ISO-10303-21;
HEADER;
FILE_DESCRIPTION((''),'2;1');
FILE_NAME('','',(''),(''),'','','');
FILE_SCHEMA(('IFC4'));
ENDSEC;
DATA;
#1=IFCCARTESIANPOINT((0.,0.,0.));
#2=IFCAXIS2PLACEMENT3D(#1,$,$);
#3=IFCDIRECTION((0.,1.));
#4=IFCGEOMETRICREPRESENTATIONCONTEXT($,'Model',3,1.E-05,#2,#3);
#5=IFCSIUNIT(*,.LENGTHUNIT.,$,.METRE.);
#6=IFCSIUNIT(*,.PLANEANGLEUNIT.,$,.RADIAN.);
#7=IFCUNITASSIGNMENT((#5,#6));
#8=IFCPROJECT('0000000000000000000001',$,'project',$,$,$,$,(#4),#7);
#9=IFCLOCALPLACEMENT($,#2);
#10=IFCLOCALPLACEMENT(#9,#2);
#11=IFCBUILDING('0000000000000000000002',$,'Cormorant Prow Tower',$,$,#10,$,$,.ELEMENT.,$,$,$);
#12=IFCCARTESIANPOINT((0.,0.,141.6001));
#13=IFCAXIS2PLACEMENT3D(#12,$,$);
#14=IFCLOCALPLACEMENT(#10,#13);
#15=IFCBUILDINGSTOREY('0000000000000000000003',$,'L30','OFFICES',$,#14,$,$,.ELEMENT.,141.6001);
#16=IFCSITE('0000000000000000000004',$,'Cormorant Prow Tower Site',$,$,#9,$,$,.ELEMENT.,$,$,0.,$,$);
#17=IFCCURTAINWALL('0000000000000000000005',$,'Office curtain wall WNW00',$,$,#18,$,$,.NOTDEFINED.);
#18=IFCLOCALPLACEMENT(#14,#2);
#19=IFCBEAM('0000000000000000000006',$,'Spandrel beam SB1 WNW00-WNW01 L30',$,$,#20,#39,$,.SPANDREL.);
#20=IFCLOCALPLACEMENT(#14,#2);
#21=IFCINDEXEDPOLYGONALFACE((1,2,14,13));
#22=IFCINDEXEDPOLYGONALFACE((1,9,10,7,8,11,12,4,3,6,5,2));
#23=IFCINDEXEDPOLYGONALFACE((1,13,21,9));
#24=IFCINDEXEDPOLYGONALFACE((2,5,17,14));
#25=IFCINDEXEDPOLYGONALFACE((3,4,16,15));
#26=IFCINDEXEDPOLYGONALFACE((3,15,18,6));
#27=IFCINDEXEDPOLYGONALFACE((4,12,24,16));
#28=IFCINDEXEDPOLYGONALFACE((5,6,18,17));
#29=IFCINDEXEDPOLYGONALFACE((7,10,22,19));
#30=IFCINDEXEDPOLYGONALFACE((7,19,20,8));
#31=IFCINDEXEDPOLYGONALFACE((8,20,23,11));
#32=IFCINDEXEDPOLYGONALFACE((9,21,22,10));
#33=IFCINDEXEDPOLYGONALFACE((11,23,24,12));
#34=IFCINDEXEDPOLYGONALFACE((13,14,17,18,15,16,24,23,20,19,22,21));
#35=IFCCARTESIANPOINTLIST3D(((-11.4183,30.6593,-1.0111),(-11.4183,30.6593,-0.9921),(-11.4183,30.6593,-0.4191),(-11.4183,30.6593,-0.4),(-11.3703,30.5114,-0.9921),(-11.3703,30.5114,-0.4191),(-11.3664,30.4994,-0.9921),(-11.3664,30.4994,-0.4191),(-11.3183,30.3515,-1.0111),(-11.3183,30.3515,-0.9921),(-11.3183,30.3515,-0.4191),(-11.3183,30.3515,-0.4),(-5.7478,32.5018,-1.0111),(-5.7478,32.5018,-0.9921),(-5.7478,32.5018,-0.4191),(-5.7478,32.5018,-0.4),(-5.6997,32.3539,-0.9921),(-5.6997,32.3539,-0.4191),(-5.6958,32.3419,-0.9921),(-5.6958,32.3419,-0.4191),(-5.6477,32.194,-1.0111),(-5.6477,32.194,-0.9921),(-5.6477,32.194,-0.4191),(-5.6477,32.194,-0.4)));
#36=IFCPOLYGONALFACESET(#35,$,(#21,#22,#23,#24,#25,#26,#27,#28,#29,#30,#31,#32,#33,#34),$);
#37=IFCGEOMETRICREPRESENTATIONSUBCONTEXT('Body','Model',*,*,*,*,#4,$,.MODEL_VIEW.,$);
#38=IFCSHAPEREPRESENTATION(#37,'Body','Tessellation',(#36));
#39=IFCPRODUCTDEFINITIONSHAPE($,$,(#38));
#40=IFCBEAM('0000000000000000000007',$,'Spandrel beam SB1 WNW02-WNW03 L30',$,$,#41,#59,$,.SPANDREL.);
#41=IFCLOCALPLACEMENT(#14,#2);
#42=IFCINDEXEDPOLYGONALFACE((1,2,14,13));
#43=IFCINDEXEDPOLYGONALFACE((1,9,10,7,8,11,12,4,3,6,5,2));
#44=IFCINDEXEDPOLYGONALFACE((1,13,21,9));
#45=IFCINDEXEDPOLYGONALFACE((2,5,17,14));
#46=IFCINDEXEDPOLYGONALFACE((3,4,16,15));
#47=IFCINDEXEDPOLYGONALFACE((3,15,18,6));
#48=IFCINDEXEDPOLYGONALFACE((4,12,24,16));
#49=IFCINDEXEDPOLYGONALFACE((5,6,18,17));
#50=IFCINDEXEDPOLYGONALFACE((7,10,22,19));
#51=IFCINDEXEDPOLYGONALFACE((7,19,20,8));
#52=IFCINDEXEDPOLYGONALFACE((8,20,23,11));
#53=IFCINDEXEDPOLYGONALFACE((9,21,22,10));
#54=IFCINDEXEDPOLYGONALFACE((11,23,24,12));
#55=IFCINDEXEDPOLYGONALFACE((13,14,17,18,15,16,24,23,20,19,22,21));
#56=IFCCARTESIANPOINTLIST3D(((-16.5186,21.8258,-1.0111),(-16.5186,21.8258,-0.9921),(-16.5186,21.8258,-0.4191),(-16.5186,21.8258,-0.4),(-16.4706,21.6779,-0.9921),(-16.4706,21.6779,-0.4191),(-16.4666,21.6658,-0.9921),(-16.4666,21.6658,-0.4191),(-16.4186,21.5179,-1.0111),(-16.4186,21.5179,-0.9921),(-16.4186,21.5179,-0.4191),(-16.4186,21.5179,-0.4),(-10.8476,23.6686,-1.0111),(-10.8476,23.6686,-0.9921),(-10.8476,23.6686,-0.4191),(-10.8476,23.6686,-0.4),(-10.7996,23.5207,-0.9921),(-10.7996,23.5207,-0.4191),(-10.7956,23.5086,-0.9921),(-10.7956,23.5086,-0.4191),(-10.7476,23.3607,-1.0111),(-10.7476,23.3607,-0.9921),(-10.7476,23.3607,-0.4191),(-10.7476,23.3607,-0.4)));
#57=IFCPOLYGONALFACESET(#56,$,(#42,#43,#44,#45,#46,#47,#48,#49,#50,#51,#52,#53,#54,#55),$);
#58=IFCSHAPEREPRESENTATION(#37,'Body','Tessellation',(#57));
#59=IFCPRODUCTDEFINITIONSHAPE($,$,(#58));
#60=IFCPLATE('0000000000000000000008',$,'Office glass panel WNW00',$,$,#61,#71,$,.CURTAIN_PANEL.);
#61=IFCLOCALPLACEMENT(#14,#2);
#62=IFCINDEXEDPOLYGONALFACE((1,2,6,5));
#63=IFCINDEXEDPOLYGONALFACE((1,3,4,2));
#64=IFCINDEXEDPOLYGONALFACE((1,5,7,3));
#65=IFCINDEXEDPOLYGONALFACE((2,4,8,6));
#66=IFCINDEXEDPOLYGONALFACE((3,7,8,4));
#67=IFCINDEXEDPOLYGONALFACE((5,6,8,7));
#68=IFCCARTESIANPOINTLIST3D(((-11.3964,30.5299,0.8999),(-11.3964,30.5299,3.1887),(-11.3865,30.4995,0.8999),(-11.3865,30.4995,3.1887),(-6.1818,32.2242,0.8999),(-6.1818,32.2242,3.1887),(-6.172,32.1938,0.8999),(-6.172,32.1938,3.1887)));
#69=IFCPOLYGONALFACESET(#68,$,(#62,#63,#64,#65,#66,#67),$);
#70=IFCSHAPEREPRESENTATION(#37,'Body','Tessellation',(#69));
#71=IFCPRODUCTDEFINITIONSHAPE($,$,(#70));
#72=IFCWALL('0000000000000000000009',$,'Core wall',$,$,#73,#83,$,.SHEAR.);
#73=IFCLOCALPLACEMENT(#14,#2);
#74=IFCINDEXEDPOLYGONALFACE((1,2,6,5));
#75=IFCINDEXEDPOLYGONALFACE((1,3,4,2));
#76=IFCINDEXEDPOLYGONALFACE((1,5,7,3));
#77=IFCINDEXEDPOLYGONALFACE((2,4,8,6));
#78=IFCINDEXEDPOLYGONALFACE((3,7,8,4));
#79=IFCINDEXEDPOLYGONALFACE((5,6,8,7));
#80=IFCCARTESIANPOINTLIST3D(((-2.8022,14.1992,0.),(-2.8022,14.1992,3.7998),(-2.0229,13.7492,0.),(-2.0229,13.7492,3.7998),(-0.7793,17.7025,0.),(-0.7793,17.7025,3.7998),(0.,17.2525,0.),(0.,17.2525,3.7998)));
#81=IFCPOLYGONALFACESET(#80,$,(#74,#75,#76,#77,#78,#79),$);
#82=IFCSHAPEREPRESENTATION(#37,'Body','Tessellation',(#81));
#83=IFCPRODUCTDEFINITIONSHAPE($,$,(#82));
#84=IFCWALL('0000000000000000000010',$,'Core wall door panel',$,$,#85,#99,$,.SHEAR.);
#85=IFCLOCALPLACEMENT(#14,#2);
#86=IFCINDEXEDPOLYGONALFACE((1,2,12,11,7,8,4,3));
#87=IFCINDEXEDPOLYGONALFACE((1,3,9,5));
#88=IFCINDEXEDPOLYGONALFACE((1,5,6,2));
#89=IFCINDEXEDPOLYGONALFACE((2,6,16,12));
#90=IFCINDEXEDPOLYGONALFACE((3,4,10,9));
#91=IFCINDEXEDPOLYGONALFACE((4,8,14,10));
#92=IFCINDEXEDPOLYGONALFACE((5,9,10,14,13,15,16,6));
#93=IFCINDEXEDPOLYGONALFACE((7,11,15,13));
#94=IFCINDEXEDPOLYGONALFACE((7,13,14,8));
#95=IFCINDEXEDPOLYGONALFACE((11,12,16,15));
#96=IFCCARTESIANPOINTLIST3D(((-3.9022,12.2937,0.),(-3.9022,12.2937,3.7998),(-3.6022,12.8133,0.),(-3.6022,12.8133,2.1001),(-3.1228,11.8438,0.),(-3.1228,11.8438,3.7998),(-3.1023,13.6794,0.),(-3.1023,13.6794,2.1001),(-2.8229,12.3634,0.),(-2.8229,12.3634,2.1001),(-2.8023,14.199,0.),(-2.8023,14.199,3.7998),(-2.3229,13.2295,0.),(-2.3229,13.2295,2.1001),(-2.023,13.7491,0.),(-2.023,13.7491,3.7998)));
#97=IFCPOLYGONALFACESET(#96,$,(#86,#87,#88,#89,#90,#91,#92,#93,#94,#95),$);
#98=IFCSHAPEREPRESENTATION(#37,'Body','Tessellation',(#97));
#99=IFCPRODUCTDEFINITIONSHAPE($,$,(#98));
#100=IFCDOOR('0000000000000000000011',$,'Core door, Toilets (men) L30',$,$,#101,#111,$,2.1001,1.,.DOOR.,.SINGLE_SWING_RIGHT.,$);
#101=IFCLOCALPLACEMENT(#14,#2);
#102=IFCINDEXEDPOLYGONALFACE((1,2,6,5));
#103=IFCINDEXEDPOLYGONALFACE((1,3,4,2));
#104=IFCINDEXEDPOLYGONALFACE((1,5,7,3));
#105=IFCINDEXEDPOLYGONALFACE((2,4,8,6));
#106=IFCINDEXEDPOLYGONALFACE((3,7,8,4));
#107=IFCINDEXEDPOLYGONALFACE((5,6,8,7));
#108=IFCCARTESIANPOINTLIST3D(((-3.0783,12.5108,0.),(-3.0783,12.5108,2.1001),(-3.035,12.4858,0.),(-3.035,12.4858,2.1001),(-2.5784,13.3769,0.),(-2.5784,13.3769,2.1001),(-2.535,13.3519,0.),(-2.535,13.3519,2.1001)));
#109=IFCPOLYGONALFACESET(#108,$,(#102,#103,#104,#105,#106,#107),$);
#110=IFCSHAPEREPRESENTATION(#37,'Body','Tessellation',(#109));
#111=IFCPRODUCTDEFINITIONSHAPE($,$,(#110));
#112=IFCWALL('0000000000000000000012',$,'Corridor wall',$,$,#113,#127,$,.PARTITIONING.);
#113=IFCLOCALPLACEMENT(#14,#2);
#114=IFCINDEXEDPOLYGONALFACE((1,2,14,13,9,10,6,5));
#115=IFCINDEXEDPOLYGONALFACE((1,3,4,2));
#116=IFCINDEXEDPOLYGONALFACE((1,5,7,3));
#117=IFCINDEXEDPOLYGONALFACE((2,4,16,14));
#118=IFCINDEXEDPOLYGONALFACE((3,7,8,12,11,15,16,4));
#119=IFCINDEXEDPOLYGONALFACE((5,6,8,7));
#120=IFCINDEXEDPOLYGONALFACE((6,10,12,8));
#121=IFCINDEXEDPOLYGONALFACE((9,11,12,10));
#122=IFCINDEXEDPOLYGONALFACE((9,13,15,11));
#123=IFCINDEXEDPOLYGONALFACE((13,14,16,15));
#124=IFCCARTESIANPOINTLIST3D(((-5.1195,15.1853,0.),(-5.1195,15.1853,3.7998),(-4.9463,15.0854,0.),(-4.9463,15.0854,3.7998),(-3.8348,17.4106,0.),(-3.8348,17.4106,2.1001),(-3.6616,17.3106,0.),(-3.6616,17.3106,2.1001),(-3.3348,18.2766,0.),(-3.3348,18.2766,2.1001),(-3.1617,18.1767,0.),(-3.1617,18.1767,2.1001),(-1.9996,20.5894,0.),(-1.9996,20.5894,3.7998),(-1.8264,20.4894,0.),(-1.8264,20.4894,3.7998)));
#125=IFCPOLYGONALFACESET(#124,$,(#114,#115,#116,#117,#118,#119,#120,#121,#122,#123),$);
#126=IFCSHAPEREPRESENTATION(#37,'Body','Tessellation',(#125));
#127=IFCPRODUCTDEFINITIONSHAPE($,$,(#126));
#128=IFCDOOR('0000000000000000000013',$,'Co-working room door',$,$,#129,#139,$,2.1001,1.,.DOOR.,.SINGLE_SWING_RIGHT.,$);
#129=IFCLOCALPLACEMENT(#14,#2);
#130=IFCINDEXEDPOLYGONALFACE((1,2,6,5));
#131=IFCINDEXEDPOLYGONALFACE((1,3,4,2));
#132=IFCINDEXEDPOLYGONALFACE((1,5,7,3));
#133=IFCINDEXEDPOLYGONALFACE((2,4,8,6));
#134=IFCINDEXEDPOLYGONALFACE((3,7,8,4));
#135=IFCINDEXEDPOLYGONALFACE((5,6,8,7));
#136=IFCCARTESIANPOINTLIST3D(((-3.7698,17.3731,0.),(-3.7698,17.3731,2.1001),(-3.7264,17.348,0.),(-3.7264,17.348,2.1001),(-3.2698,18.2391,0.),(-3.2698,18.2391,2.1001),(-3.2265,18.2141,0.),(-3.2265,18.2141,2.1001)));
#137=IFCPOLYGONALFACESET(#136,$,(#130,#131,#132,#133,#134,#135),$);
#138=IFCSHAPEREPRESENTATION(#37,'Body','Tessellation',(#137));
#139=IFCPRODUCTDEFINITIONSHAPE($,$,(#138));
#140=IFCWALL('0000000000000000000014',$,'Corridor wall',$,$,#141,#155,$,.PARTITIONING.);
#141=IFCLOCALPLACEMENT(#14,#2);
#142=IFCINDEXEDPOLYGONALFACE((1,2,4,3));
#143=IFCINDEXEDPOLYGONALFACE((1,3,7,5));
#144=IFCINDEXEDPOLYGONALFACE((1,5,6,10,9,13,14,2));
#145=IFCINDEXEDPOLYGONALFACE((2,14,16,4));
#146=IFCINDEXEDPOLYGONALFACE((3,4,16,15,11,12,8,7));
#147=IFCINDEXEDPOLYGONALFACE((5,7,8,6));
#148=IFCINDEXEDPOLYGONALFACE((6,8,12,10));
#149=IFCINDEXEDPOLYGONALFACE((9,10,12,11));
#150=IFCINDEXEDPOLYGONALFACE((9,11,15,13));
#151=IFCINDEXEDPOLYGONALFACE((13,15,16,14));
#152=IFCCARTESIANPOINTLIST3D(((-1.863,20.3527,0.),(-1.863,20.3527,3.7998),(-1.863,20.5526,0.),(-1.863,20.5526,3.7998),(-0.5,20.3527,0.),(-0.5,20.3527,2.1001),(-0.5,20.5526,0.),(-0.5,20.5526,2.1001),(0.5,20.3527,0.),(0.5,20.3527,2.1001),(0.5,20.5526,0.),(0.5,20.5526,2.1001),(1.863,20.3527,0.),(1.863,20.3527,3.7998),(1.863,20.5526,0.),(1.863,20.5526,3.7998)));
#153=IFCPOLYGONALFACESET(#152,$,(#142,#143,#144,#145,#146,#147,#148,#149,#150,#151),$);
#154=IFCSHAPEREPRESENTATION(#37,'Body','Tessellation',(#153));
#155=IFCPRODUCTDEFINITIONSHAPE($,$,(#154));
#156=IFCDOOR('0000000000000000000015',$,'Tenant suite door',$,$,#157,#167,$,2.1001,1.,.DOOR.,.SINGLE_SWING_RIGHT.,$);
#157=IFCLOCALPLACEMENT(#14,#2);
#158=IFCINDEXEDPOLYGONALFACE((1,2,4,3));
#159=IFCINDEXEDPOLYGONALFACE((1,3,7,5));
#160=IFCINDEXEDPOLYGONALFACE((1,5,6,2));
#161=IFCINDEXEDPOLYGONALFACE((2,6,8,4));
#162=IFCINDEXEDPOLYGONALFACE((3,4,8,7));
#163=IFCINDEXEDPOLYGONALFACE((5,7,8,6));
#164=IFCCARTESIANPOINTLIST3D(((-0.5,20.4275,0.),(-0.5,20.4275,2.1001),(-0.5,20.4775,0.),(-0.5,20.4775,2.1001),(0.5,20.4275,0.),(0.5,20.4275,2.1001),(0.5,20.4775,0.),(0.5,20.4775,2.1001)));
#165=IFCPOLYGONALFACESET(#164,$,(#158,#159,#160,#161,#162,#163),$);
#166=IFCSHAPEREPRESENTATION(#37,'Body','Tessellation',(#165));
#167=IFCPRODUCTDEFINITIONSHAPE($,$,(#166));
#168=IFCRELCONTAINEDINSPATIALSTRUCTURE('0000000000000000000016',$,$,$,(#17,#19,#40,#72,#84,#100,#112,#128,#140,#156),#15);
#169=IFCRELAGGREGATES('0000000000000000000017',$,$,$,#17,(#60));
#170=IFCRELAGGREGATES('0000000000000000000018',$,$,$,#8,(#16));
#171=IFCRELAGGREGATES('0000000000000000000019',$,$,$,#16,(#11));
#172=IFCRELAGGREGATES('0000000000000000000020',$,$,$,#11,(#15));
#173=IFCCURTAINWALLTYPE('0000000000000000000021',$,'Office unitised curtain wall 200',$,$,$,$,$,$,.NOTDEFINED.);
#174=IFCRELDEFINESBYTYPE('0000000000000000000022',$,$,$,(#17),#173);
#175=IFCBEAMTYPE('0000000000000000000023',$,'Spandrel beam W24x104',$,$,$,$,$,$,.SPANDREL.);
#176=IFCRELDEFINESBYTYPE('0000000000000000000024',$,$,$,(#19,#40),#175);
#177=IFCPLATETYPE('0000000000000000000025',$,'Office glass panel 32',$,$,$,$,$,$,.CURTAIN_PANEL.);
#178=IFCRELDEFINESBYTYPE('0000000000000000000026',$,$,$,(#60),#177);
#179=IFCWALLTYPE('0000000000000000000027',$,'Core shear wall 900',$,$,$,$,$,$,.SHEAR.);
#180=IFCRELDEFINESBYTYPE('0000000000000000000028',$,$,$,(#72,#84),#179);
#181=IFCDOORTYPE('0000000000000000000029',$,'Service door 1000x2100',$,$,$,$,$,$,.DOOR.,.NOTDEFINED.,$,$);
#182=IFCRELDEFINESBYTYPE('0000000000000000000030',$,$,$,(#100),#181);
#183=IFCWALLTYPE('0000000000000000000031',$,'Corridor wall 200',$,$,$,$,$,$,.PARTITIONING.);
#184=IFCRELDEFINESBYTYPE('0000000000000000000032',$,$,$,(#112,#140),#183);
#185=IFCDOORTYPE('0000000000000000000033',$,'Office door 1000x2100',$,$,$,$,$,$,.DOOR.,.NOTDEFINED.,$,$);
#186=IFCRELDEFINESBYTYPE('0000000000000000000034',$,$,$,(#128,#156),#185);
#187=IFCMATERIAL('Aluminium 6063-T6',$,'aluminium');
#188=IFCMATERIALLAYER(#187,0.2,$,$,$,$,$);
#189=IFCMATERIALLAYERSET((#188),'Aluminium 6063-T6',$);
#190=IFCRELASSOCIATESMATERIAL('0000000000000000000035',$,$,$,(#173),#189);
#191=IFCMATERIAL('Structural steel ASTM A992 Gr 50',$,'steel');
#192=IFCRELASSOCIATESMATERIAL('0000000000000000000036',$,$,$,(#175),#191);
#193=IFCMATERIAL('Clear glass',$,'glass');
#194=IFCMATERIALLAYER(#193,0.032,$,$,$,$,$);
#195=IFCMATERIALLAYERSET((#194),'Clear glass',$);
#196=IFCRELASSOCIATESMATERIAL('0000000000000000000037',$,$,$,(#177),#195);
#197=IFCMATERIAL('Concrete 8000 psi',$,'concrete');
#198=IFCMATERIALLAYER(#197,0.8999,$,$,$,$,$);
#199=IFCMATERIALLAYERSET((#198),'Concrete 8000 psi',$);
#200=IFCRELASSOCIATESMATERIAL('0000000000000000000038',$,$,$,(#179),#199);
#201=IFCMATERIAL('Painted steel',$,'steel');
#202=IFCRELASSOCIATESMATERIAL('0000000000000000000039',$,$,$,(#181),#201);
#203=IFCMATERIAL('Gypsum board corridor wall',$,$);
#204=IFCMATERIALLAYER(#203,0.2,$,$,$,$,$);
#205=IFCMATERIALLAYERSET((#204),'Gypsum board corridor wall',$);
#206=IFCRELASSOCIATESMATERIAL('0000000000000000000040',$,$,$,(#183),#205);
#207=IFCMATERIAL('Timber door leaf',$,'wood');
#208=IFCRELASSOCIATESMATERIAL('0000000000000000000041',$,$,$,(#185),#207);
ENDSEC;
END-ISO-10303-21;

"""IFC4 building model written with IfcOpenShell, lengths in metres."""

from ifc_helpers import new_model, si_unit, direction, frame, frame_2d, origin, origin_2d, place, context, subcontext, project, spatial, rectangle, i_section, extrude, material, layer, layer_set, material_profile, profile_set, type_object, element, fill, aggregate, save


model = new_model("IFC4")

# Units and contexts
model_context = context("Model", 3, precision=1e-05, world=origin(), true_north=direction((0.0, 1.0)))
body_context = subcontext(model_context, "Body", "Model", "MODEL_VIEW")
ifc_project = project(units=[si_unit("LENGTHUNIT", "METRE"), si_unit("PLANEANGLEUNIT", "RADIAN")], contexts=[model_context])

# Site, building, storey
site_placement = place(None, origin())
site = spatial("IfcSite", under=ifc_project, at=site_placement, Name="Cormorant Prow Tower Site", CompositionType="ELEMENT", RefElevation=0.0)
building_placement = place(site_placement, origin())
building = spatial("IfcBuilding", under=site, at=building_placement, Name="Cormorant Prow Tower", CompositionType="ELEMENT")
storey_placement = place(building_placement, frame((0.0, 0.0, 141.6001)))
storey = spatial("IfcBuildingStorey", under=building, at=storey_placement, Name="L30", Description="OFFICES", CompositionType="ELEMENT", Elevation=141.6001)

# Curtain wall
ifc_material_1 = material(Name="Aluminium 6063-T6", Category="aluminium")
ifc_layer_1 = layer(ifc_material_1, 0.2)
ifc_layer_set_1 = layer_set([ifc_layer_1], Name="Aluminium 6063-T6")
curtain_wall_type = type_object("IfcCurtainWallType", Name="Office unitised curtain wall 200", PredefinedType="NOTDEFINED", material=ifc_layer_set_1)
curtain_wall_1_placement = place(storey_placement, origin())
curtain_wall_1 = element("IfcCurtainWall", 1, at=curtain_wall_1_placement, inside=storey, type_object=curtain_wall_type, Name="Office curtain wall WNW00", PredefinedType="NOTDEFINED")

# Beams
ifc_material_2 = material(Name="Structural steel ASTM A992 Gr 50", Category="steel")
ifc_material_profile_1 = material_profile(ifc_material_2, i_section(OverallWidth=0.3237, OverallDepth=0.6111, WebThickness=0.0127, FlangeThickness=0.019, at=origin_2d()), Name="W24x104")
ifc_profile_set_1 = profile_set([ifc_material_profile_1], Name="Structural steel ASTM A992 Gr 50")
beam_type_1 = type_object("IfcBeamType", Name="Spandrel beam W24x104", PredefinedType="SPANDREL", material=ifc_profile_set_1)
beam_1_placement = place(storey_placement, frame((-5.6978, 32.3479, -0.7056), z_axis=(-0.951055, -0.30902, 0.0), x_axis=(0.30902, -0.951055, 0.0)))
element("IfcBeam", 2, at=beam_1_placement, inside=storey, type_object=beam_type_1, Name="Spandrel beam SB1 WNW00-WNW01 L30", PredefinedType="SPANDREL", context=body_context, shape_type="SweptSolid", body=[
    extrude(i_section(OverallWidth=0.3237, OverallDepth=0.6111, WebThickness=0.0127, FlangeThickness=0.019, at=origin_2d()), origin(), (0.0, 0.0, 1.0), 5.9624),
])
beam_2_placement = place(storey_placement, frame((-10.7976, 23.5146, -0.7056), z_axis=(-0.951047, -0.309045, 0.0), x_axis=(0.309045, -0.951047, 0.0)))
element("IfcBeam", 3, at=beam_2_placement, inside=storey, type_object=beam_type_1, Name="Spandrel beam SB1 WNW02-WNW03 L30", PredefinedType="SPANDREL", context=body_context, shape_type="SweptSolid", body=[
    extrude(i_section(OverallWidth=0.3237, OverallDepth=0.6111, WebThickness=0.0127, FlangeThickness=0.019, at=origin_2d()), origin(), (0.0, 0.0, 1.0), 5.9629),
])

# Plate
ifc_material_3 = material(Name="Clear glass", Category="glass")
ifc_layer_2 = layer(ifc_material_3, 0.032)
ifc_layer_set_2 = layer_set([ifc_layer_2], Name="Clear glass")
plate_type = type_object("IfcPlateType", Name="Office glass panel 32", PredefinedType="CURTAIN_PANEL", material=ifc_layer_set_2)
plate_placement = place(storey_placement, frame((-8.7842, 31.3618, 0.8999), z_axis=(0.0, 0.0, 1.0), x_axis=(-0.951057, -0.309017, 0.0)))
plate = element("IfcPlate", 4, at=plate_placement, type_object=plate_type, Name="Office glass panel WNW00", PredefinedType="CURTAIN_PANEL", context=body_context, shape_type="SweptSolid", body=[
    extrude(rectangle(XDim=5.4829, YDim=0.032, at=origin_2d()), origin(), (0.0, 0.0, 1.0), 2.2888),
])
aggregate(curtain_wall_1, [plate])

# Wall
ifc_material_4 = material(Name="Concrete 8000 psi", Category="concrete")
ifc_layer_3 = layer(ifc_material_4, 0.8999)
ifc_layer_set_3 = layer_set([ifc_layer_3], Name="Concrete 8000 psi")
wall_type_1 = type_object("IfcWallType", Name="Core shear wall 900", PredefinedType="SHEAR", material=ifc_layer_set_3)
wall_1_placement = place(storey_placement, frame((-0.3896, 17.4775, 0.0), z_axis=(0.0, 0.0, 1.0), x_axis=(-0.500046, -0.865999, 0.0)))
element("IfcWall", 5, at=wall_1_placement, inside=storey, type_object=wall_type_1, Name="Core wall", PredefinedType="SHEAR", context=body_context, shape_type="SweptSolid", body=[
    extrude(rectangle(XDim=4.0454, YDim=0.8999, at=frame_2d((2.0227, 0.0))), origin(), (0.0, 0.0, 1.0), 3.7998),
])

# Walls, openings, doors
wall_2_placement = place(storey_placement, frame((-2.4126, 13.9741, 0.0), z_axis=(0.0, 0.0, 1.0), x_axis=(-0.499947, -0.866056, 0.0)))
wall_2 = element("IfcWall", 6, at=wall_2_placement, inside=storey, type_object=wall_type_1, Name="Core wall door panel", PredefinedType="SHEAR", context=body_context, shape_type="SweptSolid", body=[
    extrude(rectangle(XDim=2.2, YDim=0.8999, at=frame_2d((1.1001, 0.0))), origin(), (0.0, 0.0, 1.0), 3.7998),
])
opening_1_placement = place(wall_2_placement, frame((0.6001, 0.0, 0.0)))
opening_1 = element("IfcOpeningElement", 7, at=opening_1_placement, cuts=wall_2, PredefinedType="OPENING", context=body_context, shape_type="SweptSolid", body=[
    extrude(rectangle(XDim=1.0, YDim=2.1001, at=frame_2d((0.5, 1.05))), frame((0.0, 0.46, 0.0), z_axis=(0.0, -1.0, 0.0), x_axis=(1.0, 0.0, 0.0)), (0.0, 0.0, 1.0), 0.9199),
])
ifc_material_5 = material(Name="Painted steel", Category="steel")
door_type_1 = type_object("IfcDoorType", Name="Service door 1000x2100", OperationType="NOTDEFINED", PredefinedType="DOOR", material=ifc_material_5)
door_1_placement = place(opening_1_placement, origin())
door_1 = element("IfcDoor", 8, at=door_1_placement, inside=storey, type_object=door_type_1, Name="Core door, Toilets (men) L30", OperationType="SINGLE_SWING_RIGHT", OverallHeight=2.1001, OverallWidth=1.0, PredefinedType="DOOR", context=body_context, shape_type="SweptSolid", body=[
    extrude(rectangle(XDim=1.0, YDim=2.1001, at=frame_2d((0.5, 1.05))), frame((0.0, 0.2051, 0.0), z_axis=(0.0, -1.0, 0.0), x_axis=(1.0, 0.0, 0.0)), (0.0, 0.0, 1.0), 0.05),
])
fill(opening_1, door_1)
ifc_material_6 = material(Name="Gypsum board corridor wall")
ifc_layer_4 = layer(ifc_material_6, 0.2)
ifc_layer_set_4 = layer_set([ifc_layer_4], Name="Gypsum board corridor wall")
wall_type_2 = type_object("IfcWallType", Name="Corridor wall 200", PredefinedType="PARTITIONING", material=ifc_layer_set_4)
wall_3_placement = place(storey_placement, frame((-5.033, 15.1353, 0.0), z_axis=(0.0, 0.0, 1.0), x_axis=(0.499981, 0.866036, 0.0)))
wall_3 = element("IfcWall", 9, at=wall_3_placement, inside=storey, type_object=wall_type_2, Name="Corridor wall", PredefinedType="PARTITIONING", context=body_context, shape_type="SweptSolid", body=[
    extrude(rectangle(XDim=6.24, YDim=0.2, at=frame_2d((3.1201, 0.0))), origin(), (0.0, 0.0, 1.0), 3.7998),
])
opening_2_placement = place(wall_3_placement, frame((2.5696, 0.0, 0.0)))
opening_2 = element("IfcOpeningElement", 10, at=opening_2_placement, cuts=wall_3, PredefinedType="OPENING", context=body_context, shape_type="SweptSolid", body=[
    extrude(rectangle(XDim=1.0, YDim=2.1001, at=frame_2d((0.5, 1.05))), frame((0.0, 0.1099, 0.0), z_axis=(0.0, -1.0, 0.0), x_axis=(1.0, 0.0, 0.0)), (0.0, 0.0, 1.0), 0.22),
])
ifc_material_7 = material(Name="Timber door leaf", Category="wood")
door_type_2 = type_object("IfcDoorType", Name="Office door 1000x2100", OperationType="NOTDEFINED", PredefinedType="DOOR", material=ifc_material_7)
door_2_placement = place(opening_2_placement, origin())
door_2 = element("IfcDoor", 11, at=door_2_placement, inside=storey, type_object=door_type_2, Name="Co-working room door", OperationType="SINGLE_SWING_RIGHT", OverallHeight=2.1001, OverallWidth=1.0, PredefinedType="DOOR", context=body_context, shape_type="SweptSolid", body=[
    extrude(rectangle(XDim=1.0, YDim=2.1001, at=frame_2d((0.5, 1.05))), frame((0.0, 0.0249, 0.0), z_axis=(0.0, -1.0, 0.0), x_axis=(1.0, 0.0, 0.0)), (0.0, 0.0, 1.0), 0.05),
])
fill(opening_2, door_2)
wall_4_placement = place(storey_placement, frame((-1.863, 20.4526, 0.0), z_axis=(0.0, 0.0, 1.0), x_axis=(1.0, 0.0, 0.0)))
wall_4 = element("IfcWall", 12, at=wall_4_placement, inside=storey, type_object=wall_type_2, Name="Corridor wall", PredefinedType="PARTITIONING", context=body_context, shape_type="SweptSolid", body=[
    extrude(rectangle(XDim=3.7261, YDim=0.2, at=frame_2d((1.863, 0.0))), origin(), (0.0, 0.0, 1.0), 3.7998),
])
opening_3_placement = place(wall_4_placement, frame((1.363, 0.0, 0.0)))
opening_3 = element("IfcOpeningElement", 13, at=opening_3_placement, cuts=wall_4, PredefinedType="OPENING", context=body_context, shape_type="SweptSolid", body=[
    extrude(rectangle(XDim=1.0, YDim=2.1001, at=frame_2d((0.5, 1.05))), frame((0.0, 0.1099, 0.0), z_axis=(0.0, -1.0, 0.0), x_axis=(1.0, 0.0, 0.0)), (0.0, 0.0, 1.0), 0.22),
])
door_3_placement = place(opening_3_placement, origin())
door_3 = element("IfcDoor", 14, at=door_3_placement, inside=storey, type_object=door_type_2, Name="Tenant suite door", OperationType="SINGLE_SWING_RIGHT", OverallHeight=2.1001, OverallWidth=1.0, PredefinedType="DOOR", context=body_context, shape_type="SweptSolid", body=[
    extrude(rectangle(XDim=1.0, YDim=2.1001, at=frame_2d((0.5, 1.05))), frame((0.0, 0.0249, 0.0), z_axis=(0.0, -1.0, 0.0), x_axis=(1.0, 0.0, 0.0)), (0.0, 0.0, 1.0), 0.05),
])
fill(opening_3, door_3)

save(model, "model.ifc")
